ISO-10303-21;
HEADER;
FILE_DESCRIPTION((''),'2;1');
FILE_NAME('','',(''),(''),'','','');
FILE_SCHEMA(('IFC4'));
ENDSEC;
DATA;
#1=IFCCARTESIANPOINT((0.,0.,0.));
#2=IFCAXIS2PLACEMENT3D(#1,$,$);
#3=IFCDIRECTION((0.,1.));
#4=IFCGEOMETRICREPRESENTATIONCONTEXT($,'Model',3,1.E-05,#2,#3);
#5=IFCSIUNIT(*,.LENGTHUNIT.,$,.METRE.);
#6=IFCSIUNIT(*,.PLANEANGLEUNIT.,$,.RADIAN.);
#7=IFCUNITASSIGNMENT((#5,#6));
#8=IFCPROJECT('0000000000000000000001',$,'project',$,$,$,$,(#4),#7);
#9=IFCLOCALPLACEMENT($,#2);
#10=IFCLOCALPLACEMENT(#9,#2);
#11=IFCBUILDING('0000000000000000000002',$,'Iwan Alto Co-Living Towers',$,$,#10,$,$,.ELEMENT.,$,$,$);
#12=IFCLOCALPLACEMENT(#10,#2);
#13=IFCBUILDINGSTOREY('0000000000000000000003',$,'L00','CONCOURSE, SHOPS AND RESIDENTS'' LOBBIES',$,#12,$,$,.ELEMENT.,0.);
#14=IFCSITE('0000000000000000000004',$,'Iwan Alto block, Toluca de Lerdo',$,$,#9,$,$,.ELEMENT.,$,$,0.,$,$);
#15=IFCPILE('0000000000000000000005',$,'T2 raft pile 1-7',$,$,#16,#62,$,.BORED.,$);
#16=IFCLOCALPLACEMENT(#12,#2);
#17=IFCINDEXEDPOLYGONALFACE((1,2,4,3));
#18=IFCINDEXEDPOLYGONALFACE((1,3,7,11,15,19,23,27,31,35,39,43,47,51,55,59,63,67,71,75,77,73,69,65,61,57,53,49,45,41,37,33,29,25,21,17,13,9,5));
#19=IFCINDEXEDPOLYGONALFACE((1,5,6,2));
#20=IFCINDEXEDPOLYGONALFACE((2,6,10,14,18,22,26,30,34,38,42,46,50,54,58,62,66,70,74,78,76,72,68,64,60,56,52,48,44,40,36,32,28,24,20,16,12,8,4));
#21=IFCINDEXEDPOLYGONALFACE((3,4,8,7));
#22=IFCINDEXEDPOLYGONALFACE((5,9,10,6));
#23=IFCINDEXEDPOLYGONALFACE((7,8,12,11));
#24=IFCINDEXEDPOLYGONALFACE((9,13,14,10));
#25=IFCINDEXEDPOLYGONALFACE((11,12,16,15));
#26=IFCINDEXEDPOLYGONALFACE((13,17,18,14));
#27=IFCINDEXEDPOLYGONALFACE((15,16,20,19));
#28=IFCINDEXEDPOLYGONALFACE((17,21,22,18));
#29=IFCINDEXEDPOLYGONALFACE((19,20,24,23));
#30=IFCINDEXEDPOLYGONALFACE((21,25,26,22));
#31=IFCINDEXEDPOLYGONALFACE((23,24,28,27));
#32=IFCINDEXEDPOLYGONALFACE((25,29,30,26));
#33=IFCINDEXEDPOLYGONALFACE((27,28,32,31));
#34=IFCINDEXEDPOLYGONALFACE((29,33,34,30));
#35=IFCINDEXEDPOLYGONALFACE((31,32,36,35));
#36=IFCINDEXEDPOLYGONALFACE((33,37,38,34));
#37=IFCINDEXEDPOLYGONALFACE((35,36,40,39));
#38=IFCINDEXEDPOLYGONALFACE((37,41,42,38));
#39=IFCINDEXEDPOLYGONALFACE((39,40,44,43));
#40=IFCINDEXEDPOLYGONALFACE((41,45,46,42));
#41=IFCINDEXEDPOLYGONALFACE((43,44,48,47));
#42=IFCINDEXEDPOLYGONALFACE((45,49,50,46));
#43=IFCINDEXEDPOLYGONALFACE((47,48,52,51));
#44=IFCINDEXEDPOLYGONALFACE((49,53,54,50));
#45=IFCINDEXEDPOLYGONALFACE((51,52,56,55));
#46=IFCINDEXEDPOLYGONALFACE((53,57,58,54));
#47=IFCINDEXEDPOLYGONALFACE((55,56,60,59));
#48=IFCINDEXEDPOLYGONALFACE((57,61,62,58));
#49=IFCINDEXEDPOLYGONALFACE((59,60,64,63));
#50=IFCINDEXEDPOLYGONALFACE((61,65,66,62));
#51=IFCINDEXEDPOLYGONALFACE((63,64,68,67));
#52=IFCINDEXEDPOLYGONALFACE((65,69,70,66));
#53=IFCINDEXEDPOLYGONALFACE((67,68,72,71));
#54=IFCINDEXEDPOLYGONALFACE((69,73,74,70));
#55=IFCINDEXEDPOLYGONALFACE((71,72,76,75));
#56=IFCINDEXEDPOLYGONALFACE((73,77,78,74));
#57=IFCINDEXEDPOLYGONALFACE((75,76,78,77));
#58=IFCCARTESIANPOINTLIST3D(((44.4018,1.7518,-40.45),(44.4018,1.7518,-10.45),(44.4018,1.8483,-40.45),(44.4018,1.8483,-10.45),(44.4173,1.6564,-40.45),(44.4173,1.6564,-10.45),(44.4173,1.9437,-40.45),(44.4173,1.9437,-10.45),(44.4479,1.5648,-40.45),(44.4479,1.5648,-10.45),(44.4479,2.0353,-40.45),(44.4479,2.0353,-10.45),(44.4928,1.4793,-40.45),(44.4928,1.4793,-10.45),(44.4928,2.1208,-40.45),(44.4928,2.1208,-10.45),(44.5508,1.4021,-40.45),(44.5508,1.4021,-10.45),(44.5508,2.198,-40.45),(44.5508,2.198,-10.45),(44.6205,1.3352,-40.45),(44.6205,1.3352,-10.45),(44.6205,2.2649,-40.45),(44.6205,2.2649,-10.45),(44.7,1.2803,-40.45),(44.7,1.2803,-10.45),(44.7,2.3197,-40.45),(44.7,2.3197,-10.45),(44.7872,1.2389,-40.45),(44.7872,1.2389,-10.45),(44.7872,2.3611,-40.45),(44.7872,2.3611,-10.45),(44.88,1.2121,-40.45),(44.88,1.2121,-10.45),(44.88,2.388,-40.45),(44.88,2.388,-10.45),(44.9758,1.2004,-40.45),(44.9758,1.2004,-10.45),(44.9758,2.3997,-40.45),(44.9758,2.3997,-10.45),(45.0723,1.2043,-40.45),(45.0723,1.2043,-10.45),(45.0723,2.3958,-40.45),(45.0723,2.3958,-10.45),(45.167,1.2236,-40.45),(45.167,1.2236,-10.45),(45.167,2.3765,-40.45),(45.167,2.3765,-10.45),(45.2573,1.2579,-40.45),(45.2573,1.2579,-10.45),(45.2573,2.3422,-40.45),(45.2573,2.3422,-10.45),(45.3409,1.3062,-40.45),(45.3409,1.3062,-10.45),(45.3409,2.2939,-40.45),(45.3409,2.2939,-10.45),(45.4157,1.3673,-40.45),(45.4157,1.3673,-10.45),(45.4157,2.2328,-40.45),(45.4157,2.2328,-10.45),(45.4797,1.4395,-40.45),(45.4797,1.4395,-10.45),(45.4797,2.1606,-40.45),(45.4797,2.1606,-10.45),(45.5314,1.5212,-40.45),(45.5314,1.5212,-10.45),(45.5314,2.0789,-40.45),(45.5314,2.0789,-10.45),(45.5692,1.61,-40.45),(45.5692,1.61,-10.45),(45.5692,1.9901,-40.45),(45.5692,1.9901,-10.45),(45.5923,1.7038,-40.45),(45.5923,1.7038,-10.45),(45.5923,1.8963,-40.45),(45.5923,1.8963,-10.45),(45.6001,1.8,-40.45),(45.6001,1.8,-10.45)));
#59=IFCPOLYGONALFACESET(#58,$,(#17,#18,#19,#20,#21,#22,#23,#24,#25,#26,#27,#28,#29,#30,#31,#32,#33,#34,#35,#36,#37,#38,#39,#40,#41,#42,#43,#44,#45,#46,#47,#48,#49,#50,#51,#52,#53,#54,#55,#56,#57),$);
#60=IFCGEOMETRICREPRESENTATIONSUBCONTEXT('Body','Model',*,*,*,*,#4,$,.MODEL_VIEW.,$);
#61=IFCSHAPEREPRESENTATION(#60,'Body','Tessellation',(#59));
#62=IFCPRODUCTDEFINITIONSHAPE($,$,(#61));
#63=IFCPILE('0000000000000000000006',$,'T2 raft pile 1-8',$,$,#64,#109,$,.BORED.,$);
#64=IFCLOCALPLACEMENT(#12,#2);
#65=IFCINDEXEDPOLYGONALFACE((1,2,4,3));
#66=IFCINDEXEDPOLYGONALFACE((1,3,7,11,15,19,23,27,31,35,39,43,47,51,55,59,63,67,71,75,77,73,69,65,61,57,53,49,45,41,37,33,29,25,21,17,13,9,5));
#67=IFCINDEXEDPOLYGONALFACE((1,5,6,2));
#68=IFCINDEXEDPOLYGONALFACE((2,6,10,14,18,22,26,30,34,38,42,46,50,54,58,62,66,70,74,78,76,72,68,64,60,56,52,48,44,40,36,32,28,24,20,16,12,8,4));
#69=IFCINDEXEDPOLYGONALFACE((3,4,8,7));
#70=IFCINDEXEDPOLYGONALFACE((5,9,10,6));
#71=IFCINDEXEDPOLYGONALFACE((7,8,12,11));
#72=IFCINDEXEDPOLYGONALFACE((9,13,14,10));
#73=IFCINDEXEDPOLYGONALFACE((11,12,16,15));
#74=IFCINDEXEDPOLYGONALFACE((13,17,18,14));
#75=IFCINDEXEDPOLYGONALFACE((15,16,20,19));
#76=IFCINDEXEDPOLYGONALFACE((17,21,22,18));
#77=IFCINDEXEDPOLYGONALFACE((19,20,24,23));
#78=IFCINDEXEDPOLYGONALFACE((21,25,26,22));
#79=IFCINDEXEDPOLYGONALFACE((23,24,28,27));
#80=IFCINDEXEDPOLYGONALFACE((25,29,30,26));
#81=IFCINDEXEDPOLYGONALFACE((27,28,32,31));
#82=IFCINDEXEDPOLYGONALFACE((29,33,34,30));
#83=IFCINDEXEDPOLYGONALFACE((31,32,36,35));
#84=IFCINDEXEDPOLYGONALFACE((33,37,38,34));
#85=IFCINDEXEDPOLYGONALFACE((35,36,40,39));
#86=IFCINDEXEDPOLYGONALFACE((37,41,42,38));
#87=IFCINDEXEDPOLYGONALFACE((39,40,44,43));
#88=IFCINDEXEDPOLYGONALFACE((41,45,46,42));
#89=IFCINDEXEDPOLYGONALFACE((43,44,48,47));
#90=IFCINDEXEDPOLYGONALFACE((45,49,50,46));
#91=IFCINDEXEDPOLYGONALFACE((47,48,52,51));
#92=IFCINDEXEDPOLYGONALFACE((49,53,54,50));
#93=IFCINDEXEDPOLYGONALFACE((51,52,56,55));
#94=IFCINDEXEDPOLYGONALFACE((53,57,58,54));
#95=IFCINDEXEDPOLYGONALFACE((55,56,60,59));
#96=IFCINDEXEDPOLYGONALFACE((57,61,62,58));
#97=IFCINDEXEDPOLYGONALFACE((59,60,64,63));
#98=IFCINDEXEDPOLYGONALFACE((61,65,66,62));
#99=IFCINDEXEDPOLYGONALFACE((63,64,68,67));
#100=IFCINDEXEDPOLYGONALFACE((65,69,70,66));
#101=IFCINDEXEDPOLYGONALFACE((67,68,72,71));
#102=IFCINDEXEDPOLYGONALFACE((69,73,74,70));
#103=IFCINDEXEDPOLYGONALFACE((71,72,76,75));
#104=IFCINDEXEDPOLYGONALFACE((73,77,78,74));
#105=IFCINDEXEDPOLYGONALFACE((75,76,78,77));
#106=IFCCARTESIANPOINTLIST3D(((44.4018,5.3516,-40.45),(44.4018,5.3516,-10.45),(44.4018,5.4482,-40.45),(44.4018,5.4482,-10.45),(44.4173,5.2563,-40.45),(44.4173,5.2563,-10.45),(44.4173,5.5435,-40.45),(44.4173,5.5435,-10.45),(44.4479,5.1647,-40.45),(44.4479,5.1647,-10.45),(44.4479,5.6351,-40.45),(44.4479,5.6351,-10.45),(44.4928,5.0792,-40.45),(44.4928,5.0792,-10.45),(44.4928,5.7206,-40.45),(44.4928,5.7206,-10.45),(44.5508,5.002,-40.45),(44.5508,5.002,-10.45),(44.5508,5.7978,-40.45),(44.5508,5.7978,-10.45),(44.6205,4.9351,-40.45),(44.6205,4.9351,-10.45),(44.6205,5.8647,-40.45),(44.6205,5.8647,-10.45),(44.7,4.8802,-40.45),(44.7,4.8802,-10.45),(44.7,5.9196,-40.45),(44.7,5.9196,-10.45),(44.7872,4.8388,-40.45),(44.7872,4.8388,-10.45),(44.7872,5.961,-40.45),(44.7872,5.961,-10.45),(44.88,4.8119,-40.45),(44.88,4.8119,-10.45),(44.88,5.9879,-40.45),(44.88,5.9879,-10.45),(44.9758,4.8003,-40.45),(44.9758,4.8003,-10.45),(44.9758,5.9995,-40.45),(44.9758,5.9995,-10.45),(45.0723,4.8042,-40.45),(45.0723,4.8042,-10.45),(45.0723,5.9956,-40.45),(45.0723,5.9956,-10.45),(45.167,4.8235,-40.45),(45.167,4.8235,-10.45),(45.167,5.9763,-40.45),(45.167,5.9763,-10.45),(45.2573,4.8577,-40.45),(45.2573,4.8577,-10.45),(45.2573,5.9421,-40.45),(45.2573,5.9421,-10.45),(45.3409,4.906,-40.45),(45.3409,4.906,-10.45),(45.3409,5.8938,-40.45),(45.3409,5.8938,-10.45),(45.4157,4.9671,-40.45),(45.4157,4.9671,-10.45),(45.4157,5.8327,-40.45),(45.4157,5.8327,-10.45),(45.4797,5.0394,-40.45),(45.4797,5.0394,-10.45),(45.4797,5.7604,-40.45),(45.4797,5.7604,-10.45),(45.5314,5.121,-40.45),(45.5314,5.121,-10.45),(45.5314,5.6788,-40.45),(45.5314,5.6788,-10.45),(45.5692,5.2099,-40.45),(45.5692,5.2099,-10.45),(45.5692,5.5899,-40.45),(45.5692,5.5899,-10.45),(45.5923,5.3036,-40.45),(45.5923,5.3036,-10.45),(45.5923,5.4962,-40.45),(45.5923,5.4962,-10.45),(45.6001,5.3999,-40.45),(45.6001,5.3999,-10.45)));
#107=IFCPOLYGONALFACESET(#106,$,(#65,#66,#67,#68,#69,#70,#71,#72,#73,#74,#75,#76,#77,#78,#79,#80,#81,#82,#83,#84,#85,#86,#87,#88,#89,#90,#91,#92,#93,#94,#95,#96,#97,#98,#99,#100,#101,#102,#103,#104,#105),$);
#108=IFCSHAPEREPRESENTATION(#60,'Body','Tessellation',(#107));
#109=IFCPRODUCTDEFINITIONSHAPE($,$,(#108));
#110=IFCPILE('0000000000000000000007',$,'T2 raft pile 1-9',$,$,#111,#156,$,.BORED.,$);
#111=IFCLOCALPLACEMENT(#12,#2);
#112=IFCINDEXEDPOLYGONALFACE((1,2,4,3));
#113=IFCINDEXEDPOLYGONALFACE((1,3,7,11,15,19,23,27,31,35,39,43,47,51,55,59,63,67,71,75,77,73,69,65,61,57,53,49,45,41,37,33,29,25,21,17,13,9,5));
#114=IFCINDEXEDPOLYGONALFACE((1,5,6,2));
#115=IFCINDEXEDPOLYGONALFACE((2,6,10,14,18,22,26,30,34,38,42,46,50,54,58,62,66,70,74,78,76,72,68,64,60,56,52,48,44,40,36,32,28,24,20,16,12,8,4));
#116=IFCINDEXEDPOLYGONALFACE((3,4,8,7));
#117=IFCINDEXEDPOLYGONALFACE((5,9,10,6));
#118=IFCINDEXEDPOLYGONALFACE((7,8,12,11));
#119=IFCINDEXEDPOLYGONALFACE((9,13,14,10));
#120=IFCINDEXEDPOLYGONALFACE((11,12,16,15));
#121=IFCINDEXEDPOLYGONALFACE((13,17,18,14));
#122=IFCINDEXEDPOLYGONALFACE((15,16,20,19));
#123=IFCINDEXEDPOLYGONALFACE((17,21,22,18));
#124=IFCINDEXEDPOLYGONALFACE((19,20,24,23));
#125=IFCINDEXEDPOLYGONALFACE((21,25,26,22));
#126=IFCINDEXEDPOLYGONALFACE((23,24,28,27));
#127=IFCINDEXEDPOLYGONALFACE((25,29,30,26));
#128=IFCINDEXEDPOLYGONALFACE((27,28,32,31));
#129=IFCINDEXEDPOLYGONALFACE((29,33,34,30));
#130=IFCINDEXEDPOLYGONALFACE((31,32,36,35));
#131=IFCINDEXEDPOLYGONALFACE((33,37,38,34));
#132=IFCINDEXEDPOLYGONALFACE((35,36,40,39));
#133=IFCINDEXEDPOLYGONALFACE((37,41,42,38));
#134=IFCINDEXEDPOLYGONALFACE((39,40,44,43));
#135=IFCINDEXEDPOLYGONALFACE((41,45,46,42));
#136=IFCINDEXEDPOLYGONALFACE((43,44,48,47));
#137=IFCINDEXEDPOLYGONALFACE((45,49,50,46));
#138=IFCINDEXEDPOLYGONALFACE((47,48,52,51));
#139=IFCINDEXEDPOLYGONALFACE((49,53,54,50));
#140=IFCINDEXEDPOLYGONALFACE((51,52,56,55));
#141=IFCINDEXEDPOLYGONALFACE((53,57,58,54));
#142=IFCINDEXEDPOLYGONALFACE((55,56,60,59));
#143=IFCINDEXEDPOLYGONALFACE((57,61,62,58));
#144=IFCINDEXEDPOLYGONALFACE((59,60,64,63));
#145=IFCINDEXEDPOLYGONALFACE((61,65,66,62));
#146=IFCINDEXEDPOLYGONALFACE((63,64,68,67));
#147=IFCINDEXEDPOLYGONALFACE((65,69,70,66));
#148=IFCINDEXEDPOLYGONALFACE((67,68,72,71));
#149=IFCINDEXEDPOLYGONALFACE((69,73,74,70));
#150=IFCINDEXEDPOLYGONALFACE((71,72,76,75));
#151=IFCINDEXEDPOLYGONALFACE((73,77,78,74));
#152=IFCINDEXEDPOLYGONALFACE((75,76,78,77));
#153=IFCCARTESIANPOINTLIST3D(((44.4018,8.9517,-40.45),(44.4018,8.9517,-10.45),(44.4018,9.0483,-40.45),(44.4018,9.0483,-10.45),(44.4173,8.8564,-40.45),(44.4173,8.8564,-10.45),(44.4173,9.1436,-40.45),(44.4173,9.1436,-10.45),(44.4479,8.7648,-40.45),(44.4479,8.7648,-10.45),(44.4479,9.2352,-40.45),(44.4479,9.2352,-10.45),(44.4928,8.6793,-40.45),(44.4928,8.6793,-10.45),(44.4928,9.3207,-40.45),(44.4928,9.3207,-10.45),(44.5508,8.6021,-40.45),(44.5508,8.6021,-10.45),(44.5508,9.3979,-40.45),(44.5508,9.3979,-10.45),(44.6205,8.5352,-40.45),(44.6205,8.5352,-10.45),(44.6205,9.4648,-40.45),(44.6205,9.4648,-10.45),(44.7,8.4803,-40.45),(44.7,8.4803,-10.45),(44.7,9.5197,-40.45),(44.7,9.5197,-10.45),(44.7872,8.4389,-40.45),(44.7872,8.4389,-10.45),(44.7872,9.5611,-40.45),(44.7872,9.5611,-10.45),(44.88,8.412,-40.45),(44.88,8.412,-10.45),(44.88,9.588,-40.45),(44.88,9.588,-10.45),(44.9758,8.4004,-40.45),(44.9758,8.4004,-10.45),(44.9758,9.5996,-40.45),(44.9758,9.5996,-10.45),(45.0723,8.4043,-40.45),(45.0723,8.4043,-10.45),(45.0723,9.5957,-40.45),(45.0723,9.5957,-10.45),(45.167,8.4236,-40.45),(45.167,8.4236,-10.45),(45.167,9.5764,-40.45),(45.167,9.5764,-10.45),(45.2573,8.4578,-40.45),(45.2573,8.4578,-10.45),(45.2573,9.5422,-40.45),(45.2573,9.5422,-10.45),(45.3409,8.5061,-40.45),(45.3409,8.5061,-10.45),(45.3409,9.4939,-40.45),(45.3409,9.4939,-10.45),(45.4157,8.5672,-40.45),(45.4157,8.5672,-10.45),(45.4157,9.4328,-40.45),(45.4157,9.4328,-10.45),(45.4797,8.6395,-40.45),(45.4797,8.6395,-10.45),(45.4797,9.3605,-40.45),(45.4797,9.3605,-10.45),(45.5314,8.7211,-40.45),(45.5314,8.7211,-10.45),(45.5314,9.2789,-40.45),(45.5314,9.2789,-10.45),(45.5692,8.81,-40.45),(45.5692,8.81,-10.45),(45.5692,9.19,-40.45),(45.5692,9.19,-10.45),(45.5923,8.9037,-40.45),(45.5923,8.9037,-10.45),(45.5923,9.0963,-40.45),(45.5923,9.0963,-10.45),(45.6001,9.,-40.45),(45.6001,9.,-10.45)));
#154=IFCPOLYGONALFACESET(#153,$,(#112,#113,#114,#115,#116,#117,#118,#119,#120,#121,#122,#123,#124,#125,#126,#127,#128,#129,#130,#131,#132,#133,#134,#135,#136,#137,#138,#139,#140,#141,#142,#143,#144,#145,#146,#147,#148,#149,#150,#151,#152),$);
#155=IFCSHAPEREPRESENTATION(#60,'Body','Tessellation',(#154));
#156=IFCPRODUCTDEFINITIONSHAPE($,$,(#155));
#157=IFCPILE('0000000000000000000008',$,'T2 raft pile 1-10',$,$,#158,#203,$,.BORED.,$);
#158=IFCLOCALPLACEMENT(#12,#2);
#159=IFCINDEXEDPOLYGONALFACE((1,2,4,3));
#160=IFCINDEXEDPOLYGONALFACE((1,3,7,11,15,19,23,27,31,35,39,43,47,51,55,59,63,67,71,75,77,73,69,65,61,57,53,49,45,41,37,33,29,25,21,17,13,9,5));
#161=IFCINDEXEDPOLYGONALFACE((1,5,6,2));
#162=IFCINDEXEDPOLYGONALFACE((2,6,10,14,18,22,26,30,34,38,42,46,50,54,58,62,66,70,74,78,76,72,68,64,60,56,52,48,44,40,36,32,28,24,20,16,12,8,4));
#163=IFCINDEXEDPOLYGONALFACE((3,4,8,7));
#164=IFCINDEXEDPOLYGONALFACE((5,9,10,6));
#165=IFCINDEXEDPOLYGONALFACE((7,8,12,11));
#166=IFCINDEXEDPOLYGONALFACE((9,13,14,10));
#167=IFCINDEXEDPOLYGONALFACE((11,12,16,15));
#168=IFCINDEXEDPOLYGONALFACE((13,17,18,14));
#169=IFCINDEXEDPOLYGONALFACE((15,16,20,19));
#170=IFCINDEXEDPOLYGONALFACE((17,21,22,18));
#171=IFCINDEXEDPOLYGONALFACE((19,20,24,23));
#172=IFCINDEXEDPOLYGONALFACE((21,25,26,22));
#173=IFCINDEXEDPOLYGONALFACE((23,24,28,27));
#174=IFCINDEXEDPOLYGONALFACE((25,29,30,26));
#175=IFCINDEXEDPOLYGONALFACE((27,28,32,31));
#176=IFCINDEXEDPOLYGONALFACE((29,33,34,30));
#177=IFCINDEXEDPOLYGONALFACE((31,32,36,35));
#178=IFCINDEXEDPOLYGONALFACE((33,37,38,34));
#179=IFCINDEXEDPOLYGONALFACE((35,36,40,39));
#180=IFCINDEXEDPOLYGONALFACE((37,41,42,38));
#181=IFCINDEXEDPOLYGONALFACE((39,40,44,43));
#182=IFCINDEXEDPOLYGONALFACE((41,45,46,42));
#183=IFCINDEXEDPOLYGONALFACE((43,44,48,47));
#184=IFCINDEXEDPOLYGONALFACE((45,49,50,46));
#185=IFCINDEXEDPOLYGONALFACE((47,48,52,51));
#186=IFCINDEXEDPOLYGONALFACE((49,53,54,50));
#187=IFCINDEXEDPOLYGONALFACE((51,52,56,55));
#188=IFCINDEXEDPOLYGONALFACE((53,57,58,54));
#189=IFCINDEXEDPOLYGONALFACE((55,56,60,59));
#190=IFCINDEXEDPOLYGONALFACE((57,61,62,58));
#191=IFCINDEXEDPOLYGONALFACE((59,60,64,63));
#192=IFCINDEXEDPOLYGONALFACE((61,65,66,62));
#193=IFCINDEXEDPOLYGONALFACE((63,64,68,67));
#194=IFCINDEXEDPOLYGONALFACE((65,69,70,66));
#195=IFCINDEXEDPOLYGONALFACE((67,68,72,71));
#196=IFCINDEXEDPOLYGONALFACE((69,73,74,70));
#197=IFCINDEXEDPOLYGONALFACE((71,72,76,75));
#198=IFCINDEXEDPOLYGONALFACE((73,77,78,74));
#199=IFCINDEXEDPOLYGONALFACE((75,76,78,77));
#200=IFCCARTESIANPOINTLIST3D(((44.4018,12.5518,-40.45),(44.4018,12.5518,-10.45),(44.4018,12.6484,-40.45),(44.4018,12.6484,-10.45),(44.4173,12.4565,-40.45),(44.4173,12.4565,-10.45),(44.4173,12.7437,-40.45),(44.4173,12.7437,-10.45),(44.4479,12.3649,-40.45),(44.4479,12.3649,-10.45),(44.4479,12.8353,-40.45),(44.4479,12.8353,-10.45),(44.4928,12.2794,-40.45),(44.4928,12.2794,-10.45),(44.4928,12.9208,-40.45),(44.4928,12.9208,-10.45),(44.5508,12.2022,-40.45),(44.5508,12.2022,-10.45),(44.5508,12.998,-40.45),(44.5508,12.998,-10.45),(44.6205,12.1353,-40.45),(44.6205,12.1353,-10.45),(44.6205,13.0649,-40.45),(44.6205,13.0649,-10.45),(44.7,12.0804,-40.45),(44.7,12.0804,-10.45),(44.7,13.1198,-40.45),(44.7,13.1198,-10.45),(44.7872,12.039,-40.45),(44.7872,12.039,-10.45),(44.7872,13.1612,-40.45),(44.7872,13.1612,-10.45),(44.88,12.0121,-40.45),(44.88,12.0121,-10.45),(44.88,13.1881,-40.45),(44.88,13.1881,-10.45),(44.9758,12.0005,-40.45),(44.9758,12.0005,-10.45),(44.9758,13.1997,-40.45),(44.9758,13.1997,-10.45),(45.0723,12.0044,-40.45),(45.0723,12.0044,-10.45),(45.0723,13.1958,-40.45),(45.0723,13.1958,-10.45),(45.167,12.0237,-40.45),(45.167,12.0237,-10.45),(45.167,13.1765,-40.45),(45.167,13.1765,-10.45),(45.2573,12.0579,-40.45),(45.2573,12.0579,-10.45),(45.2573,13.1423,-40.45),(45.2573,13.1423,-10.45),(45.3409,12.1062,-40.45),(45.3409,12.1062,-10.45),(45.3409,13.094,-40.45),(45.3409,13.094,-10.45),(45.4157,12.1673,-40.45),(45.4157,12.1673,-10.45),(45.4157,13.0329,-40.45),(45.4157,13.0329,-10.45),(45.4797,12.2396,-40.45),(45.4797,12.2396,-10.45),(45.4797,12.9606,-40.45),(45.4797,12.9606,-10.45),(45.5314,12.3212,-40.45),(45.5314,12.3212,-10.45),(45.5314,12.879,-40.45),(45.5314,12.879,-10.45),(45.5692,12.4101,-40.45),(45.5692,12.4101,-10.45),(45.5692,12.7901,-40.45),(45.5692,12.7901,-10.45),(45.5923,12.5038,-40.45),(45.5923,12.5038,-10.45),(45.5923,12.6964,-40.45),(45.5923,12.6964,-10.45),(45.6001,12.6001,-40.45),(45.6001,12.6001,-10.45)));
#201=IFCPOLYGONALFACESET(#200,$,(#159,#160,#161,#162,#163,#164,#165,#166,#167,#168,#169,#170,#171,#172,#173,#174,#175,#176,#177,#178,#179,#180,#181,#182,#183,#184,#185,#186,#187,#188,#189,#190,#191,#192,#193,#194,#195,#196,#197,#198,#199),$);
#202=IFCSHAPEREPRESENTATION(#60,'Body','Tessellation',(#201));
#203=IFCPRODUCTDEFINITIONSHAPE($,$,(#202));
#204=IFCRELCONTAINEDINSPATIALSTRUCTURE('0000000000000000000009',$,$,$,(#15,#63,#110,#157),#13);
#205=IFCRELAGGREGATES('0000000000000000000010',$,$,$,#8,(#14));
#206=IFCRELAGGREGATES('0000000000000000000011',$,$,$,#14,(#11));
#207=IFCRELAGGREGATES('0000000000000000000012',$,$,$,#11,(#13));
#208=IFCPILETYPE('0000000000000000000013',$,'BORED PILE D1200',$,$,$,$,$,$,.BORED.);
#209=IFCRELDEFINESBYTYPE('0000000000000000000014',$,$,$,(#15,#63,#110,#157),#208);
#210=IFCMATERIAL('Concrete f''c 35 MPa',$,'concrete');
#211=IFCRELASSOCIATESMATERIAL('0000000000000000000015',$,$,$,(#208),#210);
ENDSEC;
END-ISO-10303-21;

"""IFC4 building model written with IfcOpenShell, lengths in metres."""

from ifc_helpers import new_model, si_unit, direction, frame, origin, origin_2d, place, context, subcontext, project, spatial, circle, extrude, material, material_profile, profile_set, type_object, element, save


model = new_model("IFC4")

# Units and contexts
model_context = context("Model", 3, precision=1e-05, world=origin(), true_north=direction((0.0, 1.0)))
body_context = subcontext(model_context, "Body", "Model", "MODEL_VIEW")
ifc_project = project(units=[si_unit("LENGTHUNIT", "METRE"), si_unit("PLANEANGLEUNIT", "RADIAN")], contexts=[model_context])

# Site, building, storey
site_placement = place(None, origin())
site = spatial("IfcSite", under=ifc_project, at=site_placement, Name="Iwan Alto block, Toluca de Lerdo", CompositionType="ELEMENT", RefElevation=0.0)
building_placement = place(site_placement, origin())
building = spatial("IfcBuilding", under=site, at=building_placement, Name="Iwan Alto Co-Living Towers", CompositionType="ELEMENT")
storey_placement = place(building_placement, origin())
storey = spatial("IfcBuildingStorey", under=building, at=storey_placement, Name="L00", Description="CONCOURSE, SHOPS AND RESIDENTS' LOBBIES", CompositionType="ELEMENT", Elevation=0.0)

# Piles
ifc_material_1 = material(Name="Concrete f'c 35 MPa", Category="concrete")
ifc_material_profile_1 = material_profile(ifc_material_1, circle(Radius=0.6001, at=origin_2d()), Name="D1200")
ifc_profile_set_1 = profile_set([ifc_material_profile_1], Name="Concrete f'c 35 MPa")
pile_type_1 = type_object("IfcPileType", Name="BORED PILE D1200", PredefinedType="BORED", material=ifc_profile_set_1)
for number, where, z_axis, x_axis, name in (
    (1, (45.0, 1.8, -10.45), (0.0, 0.0, -1.0), (1.0, 0.0, 0.0), "T2 raft pile 1-7"),
    (2, (45.0, 5.3999, -10.45), (0.0, 0.0, -1.0), (1.0, 0.0, 0.0), "T2 raft pile 1-8"),
    (3, (45.0, 9.0, -10.45), (0.0, 0.0, -1.0), (1.0, 0.0, 0.0), "T2 raft pile 1-9"),
    (4, (45.0, 12.6001, -10.45), (0.0, 0.0, -1.0), (1.0, 0.0, 0.0), "T2 raft pile 1-10"),
):
    element("IfcPile", number, at=place(storey_placement, frame(where, z_axis=z_axis, x_axis=x_axis)), inside=storey, type_object=pile_type_1, Name=name, PredefinedType="BORED", context=body_context, shape_type="SweptSolid", body=[
        extrude(circle(Radius=0.6001, at=origin_2d()), origin(), (0.0, 0.0, 1.0), 30.0),
    ])

save(model, "model.ifc")
